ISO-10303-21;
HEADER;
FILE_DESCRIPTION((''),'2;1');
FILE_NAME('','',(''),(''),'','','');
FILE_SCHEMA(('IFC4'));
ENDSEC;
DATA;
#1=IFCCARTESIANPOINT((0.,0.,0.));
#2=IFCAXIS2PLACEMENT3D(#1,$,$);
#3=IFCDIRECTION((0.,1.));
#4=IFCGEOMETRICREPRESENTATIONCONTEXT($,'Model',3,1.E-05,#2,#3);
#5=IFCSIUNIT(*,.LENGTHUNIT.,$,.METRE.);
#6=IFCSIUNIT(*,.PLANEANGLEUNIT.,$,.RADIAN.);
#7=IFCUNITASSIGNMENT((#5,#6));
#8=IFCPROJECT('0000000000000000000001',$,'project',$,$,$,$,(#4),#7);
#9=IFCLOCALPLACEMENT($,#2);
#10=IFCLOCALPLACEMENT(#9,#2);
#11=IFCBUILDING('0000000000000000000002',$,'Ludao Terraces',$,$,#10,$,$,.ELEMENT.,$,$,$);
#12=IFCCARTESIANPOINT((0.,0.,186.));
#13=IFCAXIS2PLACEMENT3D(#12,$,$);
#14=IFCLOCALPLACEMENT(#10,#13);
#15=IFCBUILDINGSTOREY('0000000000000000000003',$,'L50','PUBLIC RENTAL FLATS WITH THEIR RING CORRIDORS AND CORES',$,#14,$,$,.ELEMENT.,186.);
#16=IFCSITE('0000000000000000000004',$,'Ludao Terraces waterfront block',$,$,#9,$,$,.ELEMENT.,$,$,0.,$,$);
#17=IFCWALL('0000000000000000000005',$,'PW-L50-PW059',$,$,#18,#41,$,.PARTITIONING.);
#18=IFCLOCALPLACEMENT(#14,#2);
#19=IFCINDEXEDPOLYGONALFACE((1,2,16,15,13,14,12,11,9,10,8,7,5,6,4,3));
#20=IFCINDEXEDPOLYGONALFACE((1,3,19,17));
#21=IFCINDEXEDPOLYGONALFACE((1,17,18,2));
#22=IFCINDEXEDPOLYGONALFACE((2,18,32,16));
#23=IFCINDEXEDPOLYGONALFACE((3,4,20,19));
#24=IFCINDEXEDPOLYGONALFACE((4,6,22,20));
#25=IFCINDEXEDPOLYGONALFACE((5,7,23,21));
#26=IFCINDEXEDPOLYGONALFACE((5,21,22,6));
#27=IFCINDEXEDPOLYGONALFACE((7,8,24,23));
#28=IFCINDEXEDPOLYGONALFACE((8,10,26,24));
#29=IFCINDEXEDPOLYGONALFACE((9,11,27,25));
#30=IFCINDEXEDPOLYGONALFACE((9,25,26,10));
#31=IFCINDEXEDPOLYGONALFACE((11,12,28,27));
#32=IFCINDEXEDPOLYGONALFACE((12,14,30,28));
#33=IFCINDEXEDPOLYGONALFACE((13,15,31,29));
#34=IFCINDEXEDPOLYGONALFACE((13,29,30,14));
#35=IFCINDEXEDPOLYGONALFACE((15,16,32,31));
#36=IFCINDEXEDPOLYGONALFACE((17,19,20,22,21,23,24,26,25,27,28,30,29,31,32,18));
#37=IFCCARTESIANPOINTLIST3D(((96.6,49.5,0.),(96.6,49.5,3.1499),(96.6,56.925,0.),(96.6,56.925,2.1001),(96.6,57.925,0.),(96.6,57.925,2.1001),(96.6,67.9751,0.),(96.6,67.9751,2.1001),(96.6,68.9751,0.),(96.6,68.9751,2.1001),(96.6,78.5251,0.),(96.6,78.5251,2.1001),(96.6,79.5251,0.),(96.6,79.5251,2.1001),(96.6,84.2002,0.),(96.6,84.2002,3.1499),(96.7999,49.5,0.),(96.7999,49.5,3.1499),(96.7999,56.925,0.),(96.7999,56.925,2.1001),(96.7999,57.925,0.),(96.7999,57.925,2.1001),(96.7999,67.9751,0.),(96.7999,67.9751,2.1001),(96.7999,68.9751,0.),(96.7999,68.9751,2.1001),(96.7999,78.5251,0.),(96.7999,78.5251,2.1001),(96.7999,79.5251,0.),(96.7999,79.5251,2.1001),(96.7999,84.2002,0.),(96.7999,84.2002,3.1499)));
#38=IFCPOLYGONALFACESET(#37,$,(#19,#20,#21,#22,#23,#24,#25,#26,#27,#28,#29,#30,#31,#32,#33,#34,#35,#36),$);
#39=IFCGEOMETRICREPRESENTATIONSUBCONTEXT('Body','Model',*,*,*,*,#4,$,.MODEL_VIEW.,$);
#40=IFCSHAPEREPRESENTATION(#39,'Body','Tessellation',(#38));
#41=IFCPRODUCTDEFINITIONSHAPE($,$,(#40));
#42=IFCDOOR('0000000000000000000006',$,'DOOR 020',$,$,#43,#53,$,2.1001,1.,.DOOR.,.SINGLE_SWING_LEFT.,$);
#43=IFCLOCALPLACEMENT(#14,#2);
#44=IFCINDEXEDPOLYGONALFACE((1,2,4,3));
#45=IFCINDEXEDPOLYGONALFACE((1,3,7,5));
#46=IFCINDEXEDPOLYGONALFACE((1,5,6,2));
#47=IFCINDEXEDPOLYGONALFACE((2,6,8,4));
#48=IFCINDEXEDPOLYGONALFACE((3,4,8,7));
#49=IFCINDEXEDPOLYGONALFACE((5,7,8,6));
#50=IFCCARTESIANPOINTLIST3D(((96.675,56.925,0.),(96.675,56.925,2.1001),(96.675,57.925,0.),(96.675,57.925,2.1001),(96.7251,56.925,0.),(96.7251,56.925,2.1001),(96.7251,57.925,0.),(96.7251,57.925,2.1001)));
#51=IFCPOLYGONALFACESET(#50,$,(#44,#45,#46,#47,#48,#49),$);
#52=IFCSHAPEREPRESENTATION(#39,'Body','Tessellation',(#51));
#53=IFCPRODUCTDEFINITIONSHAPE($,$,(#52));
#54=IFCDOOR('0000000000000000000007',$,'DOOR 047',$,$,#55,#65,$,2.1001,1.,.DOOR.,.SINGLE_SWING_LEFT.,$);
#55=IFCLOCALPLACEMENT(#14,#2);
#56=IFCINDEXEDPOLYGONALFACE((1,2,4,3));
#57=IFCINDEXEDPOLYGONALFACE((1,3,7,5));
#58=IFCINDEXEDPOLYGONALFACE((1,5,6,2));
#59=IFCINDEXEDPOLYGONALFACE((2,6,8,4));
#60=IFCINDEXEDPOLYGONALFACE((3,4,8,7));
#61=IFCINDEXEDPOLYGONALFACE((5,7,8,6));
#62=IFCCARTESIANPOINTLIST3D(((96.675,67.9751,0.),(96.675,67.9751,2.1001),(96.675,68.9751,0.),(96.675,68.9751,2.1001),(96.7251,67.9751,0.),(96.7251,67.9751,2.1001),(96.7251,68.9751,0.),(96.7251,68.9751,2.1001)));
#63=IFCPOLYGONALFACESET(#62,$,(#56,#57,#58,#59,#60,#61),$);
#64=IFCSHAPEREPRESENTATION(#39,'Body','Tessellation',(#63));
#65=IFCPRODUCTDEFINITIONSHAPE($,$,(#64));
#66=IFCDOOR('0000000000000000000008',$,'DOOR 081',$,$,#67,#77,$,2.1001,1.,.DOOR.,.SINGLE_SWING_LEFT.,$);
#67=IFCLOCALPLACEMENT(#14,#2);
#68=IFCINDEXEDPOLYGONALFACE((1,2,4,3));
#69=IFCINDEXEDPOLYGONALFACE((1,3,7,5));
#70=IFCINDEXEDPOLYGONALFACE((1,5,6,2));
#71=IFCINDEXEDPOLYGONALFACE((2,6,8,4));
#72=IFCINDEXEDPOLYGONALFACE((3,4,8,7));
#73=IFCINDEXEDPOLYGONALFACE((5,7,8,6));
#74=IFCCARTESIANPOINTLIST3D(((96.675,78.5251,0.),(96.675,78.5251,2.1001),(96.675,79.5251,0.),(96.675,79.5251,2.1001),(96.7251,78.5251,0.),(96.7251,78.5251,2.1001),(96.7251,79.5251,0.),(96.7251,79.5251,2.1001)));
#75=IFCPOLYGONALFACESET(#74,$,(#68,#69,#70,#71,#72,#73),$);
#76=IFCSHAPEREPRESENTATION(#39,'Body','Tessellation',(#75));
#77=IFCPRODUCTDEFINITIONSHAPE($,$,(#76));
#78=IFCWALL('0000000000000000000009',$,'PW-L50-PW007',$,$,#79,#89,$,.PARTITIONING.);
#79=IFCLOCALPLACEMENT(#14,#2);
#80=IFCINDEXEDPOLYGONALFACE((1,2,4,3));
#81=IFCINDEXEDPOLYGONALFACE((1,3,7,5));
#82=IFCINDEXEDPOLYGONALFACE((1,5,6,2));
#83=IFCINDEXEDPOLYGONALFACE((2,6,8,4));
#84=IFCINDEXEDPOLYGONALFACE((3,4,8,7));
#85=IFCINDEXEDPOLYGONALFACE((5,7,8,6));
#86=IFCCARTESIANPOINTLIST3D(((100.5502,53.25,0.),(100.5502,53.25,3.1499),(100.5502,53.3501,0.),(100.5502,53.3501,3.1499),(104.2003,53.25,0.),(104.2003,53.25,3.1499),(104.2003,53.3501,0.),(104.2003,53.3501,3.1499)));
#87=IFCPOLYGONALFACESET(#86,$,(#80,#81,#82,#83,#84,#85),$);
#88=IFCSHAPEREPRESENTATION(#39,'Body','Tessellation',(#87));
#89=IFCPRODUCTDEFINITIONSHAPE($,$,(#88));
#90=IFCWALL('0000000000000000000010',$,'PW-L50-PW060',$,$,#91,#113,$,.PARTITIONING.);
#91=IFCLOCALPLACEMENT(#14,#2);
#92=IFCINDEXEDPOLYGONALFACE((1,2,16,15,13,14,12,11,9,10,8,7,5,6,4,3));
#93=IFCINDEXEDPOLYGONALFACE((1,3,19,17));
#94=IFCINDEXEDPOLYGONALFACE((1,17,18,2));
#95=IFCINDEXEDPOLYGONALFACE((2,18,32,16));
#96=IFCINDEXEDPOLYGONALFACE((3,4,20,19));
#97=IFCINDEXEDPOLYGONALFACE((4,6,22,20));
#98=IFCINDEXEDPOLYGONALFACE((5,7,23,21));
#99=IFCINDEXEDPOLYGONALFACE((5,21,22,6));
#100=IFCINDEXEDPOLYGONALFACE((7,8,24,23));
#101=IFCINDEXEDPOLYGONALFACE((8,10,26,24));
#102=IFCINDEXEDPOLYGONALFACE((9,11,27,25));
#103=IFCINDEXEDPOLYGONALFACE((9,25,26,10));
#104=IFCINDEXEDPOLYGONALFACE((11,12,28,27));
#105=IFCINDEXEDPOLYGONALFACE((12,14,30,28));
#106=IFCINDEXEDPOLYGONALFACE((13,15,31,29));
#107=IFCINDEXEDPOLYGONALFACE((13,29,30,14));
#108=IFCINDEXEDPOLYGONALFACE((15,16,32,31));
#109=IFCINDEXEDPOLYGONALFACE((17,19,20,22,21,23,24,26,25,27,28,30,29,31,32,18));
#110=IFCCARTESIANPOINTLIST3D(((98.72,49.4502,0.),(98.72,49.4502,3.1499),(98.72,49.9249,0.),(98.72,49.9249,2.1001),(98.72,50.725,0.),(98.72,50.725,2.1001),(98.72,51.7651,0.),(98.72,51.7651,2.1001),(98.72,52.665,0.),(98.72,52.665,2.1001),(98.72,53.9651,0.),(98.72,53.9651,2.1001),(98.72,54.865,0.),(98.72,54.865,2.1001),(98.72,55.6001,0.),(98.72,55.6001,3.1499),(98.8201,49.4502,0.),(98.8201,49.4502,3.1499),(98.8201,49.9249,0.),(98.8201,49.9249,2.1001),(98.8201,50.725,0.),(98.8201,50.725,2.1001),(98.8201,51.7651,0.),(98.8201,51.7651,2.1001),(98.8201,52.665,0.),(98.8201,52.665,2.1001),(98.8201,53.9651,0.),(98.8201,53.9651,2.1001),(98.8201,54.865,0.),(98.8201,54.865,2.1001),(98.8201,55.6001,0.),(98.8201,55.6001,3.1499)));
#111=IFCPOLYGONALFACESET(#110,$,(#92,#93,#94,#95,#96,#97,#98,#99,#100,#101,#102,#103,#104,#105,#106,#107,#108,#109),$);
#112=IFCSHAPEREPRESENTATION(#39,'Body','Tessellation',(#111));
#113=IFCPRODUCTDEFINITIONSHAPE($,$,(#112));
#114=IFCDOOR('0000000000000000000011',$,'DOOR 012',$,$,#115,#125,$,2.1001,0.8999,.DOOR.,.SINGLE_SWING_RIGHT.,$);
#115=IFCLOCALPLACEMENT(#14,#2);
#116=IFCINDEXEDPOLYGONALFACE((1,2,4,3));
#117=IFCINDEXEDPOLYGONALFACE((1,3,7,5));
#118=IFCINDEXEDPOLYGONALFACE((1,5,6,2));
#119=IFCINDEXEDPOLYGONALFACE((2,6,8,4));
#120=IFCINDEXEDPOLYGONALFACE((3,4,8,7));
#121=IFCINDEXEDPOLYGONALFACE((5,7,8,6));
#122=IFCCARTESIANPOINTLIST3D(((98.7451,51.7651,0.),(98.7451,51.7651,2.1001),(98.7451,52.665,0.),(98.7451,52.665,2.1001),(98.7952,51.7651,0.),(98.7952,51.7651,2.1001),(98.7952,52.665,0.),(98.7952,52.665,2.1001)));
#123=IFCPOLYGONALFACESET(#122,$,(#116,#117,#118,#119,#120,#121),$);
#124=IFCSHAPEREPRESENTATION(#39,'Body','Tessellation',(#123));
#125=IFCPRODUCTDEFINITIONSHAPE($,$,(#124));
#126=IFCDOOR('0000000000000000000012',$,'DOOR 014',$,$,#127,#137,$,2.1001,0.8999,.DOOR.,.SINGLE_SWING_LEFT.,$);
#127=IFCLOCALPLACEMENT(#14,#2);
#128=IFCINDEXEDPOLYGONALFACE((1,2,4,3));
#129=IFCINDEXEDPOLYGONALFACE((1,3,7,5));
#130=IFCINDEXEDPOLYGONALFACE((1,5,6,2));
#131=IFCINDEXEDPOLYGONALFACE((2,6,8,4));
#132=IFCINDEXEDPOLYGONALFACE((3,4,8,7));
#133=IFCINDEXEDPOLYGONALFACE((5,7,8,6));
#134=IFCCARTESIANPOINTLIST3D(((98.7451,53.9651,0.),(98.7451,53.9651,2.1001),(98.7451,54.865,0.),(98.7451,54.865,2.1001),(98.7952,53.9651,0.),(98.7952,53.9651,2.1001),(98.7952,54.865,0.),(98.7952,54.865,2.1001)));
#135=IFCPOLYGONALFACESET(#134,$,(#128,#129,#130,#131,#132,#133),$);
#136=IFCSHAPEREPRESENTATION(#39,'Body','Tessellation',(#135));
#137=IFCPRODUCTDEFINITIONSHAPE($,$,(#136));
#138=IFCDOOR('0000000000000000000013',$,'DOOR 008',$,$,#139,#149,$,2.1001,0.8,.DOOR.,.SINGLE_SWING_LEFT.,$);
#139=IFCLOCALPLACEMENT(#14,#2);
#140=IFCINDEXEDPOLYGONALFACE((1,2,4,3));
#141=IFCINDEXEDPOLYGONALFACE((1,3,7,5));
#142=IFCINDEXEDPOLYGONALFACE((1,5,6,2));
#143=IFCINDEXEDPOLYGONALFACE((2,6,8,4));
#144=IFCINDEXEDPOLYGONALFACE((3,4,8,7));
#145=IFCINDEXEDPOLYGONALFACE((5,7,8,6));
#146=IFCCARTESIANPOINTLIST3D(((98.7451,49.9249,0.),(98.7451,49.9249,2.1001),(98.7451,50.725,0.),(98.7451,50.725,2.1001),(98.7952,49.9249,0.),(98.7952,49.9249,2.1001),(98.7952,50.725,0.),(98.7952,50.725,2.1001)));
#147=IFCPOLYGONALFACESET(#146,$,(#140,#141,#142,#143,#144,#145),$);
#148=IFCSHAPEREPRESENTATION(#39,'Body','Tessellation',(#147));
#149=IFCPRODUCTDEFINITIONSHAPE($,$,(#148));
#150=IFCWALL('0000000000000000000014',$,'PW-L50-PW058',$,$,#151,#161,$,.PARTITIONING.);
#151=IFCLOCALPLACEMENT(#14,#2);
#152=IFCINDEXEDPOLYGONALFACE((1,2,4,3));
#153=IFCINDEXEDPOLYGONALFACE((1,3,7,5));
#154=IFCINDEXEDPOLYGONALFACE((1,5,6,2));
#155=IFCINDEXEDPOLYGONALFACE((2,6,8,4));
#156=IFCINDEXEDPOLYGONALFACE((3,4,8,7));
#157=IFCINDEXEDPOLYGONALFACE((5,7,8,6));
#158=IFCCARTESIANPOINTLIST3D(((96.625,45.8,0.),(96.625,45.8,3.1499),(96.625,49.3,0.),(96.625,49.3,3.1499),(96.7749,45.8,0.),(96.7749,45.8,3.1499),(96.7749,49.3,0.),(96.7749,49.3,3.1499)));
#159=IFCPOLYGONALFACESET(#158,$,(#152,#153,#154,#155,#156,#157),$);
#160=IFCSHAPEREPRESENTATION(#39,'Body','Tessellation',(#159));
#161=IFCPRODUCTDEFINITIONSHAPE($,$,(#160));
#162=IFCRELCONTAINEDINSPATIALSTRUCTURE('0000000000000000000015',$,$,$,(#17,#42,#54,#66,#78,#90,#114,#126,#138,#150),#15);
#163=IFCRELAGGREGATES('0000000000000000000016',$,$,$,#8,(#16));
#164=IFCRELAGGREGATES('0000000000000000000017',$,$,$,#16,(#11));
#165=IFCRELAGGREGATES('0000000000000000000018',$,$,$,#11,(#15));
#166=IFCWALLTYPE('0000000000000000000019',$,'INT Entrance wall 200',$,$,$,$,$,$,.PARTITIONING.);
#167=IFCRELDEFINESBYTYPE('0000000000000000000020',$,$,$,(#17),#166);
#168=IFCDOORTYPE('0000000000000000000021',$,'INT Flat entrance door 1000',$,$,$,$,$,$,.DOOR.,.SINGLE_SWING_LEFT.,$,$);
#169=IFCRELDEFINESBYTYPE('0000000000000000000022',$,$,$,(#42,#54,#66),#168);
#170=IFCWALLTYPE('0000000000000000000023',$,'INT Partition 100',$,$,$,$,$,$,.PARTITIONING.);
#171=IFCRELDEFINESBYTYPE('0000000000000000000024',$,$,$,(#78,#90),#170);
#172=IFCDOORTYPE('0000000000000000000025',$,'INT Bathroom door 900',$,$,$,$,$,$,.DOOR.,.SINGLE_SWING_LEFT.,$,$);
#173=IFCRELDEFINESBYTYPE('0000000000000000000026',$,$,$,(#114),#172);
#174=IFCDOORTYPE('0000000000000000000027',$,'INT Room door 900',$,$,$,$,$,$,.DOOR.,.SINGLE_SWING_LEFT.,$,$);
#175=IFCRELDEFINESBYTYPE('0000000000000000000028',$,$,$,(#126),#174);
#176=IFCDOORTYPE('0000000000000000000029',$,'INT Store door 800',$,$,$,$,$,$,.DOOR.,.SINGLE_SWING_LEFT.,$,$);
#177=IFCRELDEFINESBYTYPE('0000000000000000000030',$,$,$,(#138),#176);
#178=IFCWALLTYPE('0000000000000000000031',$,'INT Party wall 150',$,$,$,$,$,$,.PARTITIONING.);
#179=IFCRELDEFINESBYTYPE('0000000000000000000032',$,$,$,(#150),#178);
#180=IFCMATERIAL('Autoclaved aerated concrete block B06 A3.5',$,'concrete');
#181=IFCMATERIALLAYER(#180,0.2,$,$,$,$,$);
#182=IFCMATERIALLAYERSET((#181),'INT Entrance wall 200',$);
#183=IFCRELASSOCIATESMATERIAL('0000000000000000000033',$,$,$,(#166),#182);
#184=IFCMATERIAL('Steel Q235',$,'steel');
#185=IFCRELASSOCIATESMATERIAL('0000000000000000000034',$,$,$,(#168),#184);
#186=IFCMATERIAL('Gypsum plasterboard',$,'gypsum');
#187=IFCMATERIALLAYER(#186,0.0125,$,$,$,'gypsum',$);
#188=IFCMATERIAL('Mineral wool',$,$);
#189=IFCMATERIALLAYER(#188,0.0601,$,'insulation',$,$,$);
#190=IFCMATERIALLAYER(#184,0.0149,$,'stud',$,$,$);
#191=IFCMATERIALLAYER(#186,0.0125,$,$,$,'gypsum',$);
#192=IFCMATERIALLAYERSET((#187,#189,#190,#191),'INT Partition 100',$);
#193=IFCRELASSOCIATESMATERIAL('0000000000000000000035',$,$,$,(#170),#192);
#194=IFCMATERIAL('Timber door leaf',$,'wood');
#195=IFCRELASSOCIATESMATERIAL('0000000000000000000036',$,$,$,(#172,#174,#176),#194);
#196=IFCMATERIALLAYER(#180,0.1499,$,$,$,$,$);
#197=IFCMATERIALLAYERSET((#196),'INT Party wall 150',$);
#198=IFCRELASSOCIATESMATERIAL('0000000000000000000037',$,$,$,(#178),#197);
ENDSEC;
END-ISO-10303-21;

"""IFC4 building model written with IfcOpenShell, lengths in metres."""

from ifc_helpers import new_model, si_unit, direction, frame, frame_2d, origin, place, context, subcontext, project, spatial, rectangle, extrude, material, layer, layer_set, type_object, element, fill, save


model = new_model("IFC4")

# Units and contexts
model_context = context("Model", 3, precision=1e-05, world=origin(), true_north=direction((0.0, 1.0)))
body_context = subcontext(model_context, "Body", "Model", "MODEL_VIEW")
ifc_project = project(units=[si_unit("LENGTHUNIT", "METRE"), si_unit("PLANEANGLEUNIT", "RADIAN")], contexts=[model_context])

# Site, building, storey
site_placement = place(None, origin())
site = spatial("IfcSite", under=ifc_project, at=site_placement, Name="Ludao Terraces waterfront block", CompositionType="ELEMENT", RefElevation=0.0)
building_placement = place(site_placement, origin())
building = spatial("IfcBuilding", under=site, at=building_placement, Name="Ludao Terraces", CompositionType="ELEMENT")
storey_placement = place(building_placement, frame((0.0, 0.0, 186.0)))
storey = spatial("IfcBuildingStorey", under=building, at=storey_placement, Name="L50", Description="PUBLIC RENTAL FLATS WITH THEIR RING CORRIDORS AND CORES", CompositionType="ELEMENT", Elevation=186.0)

# Wall, openings, doors
ifc_material_1 = material(Name="Autoclaved aerated concrete block B06 A3.5", Category="concrete")
ifc_layer_1 = layer(ifc_material_1, 0.2)
ifc_layer_set_1 = layer_set([ifc_layer_1], Name="INT Entrance wall 200")
wall_type_1 = type_object("IfcWallType", Name="INT Entrance wall 200", PredefinedType="PARTITIONING", material=ifc_layer_set_1)
wall_1_placement = place(storey_placement, frame((96.7, 49.5, 0.0), z_axis=(0.0, 0.0, 1.0), x_axis=(0.0, 1.0, 0.0)))
wall_1 = element("IfcWall", 1, at=wall_1_placement, inside=storey, type_object=wall_type_1, Name="PW-L50-PW059", PredefinedType="PARTITIONING", context=body_context, shape_type="SweptSolid", body=[
    extrude(rectangle(XDim=34.7002, YDim=0.2, at=frame_2d((17.3501, 0.0))), origin(), (0.0, 0.0, 1.0), 3.1499),
])
opening_1_placement = place(wall_1_placement, frame((7.425, 0.0, 0.0)))
opening_1 = element("IfcOpeningElement", 2, at=opening_1_placement, cuts=wall_1, PredefinedType="OPENING", context=body_context, shape_type="SweptSolid", body=[
    extrude(rectangle(XDim=1.0, YDim=2.1001, at=frame_2d((0.5, 1.05))), frame((0.0, 0.1099, 0.0), z_axis=(0.0, -1.0, 0.0), x_axis=(1.0, 0.0, 0.0)), (0.0, 0.0, 1.0), 0.22),
])
opening_2_placement = place(wall_1_placement, frame((18.4751, 0.0, 0.0)))
opening_2 = element("IfcOpeningElement", 3, at=opening_2_placement, cuts=wall_1, PredefinedType="OPENING", context=body_context, shape_type="SweptSolid", body=[
    extrude(rectangle(XDim=1.0, YDim=2.1001, at=frame_2d((0.5, 1.05))), frame((0.0, 0.1099, 0.0), z_axis=(0.0, -1.0, 0.0), x_axis=(1.0, 0.0, 0.0)), (0.0, 0.0, 1.0), 0.22),
])
opening_3_placement = place(wall_1_placement, frame((29.0251, 0.0, 0.0)))
opening_3 = element("IfcOpeningElement", 4, at=opening_3_placement, cuts=wall_1, PredefinedType="OPENING", context=body_context, shape_type="SweptSolid", body=[
    extrude(rectangle(XDim=1.0, YDim=2.1001, at=frame_2d((0.5, 1.05))), frame((0.0, 0.1099, 0.0), z_axis=(0.0, -1.0, 0.0), x_axis=(1.0, 0.0, 0.0)), (0.0, 0.0, 1.0), 0.22),
])
ifc_material_2 = material(Name="Steel Q235", Category="steel")
door_type_1 = type_object("IfcDoorType", Name="INT Flat entrance door 1000", OperationType="SINGLE_SWING_LEFT", PredefinedType="DOOR", material=ifc_material_2)
door_1_placement = place(opening_1_placement, origin())
door_1 = element("IfcDoor", 5, at=door_1_placement, inside=storey, type_object=door_type_1, Name="DOOR 020", OperationType="SINGLE_SWING_LEFT", OverallHeight=2.1001, OverallWidth=1.0, PredefinedType="DOOR", context=body_context, shape_type="SweptSolid", body=[
    extrude(rectangle(XDim=1.0, YDim=2.1001, at=frame_2d((0.5, 1.05))), frame((0.0, 0.0249, 0.0), z_axis=(0.0, -1.0, 0.0), x_axis=(1.0, 0.0, 0.0)), (0.0, 0.0, 1.0), 0.05),
])
fill(opening_1, door_1)
door_2_placement = place(opening_2_placement, origin())
door_2 = element("IfcDoor", 6, at=door_2_placement, inside=storey, type_object=door_type_1, Name="DOOR 047", OperationType="SINGLE_SWING_LEFT", OverallHeight=2.1001, OverallWidth=1.0, PredefinedType="DOOR", context=body_context, shape_type="SweptSolid", body=[
    extrude(rectangle(XDim=1.0, YDim=2.1001, at=frame_2d((0.5, 1.05))), frame((0.0, 0.0249, 0.0), z_axis=(0.0, -1.0, 0.0), x_axis=(1.0, 0.0, 0.0)), (0.0, 0.0, 1.0), 0.05),
])
fill(opening_2, door_2)
door_3_placement = place(opening_3_placement, origin())
door_3 = element("IfcDoor", 7, at=door_3_placement, inside=storey, type_object=door_type_1, Name="DOOR 081", OperationType="SINGLE_SWING_LEFT", OverallHeight=2.1001, OverallWidth=1.0, PredefinedType="DOOR", context=body_context, shape_type="SweptSolid", body=[
    extrude(rectangle(XDim=1.0, YDim=2.1001, at=frame_2d((0.5, 1.05))), frame((0.0, 0.0249, 0.0), z_axis=(0.0, -1.0, 0.0), x_axis=(1.0, 0.0, 0.0)), (0.0, 0.0, 1.0), 0.05),
])
fill(opening_3, door_3)

# Wall
ifc_material_3 = material(Name="Gypsum plasterboard", Category="gypsum")
ifc_layer_2 = layer(ifc_material_3, 0.0125, Category="gypsum")
ifc_material_4 = material(Name="Mineral wool")
ifc_layer_3 = layer(ifc_material_4, 0.0601, Name="insulation")
ifc_layer_4 = layer(ifc_material_2, 0.0149, Name="stud")
ifc_layer_5 = layer(ifc_material_3, 0.0125, Category="gypsum")
ifc_layer_set_2 = layer_set([ifc_layer_2, ifc_layer_3, ifc_layer_4, ifc_layer_5], Name="INT Partition 100")
wall_type_2 = type_object("IfcWallType", Name="INT Partition 100", PredefinedType="PARTITIONING", material=ifc_layer_set_2)
wall_2_placement = place(storey_placement, frame((100.55, 53.3, 0.0), z_axis=(0.0, 0.0, 1.0), x_axis=(1.0, 0.0, 0.0)))
element("IfcWall", 8, at=wall_2_placement, inside=storey, type_object=wall_type_2, Name="PW-L50-PW007", PredefinedType="PARTITIONING", context=body_context, shape_type="SweptSolid", body=[
    extrude(rectangle(XDim=3.6501, YDim=0.1001, at=frame_2d((1.8252, 0.0))), origin(), (0.0, 0.0, 1.0), 3.1499),
])

# Wall, openings, doors
wall_3_placement = place(storey_placement, frame((98.77, 49.4502, 0.0), z_axis=(0.0, 0.0, 1.0), x_axis=(0.0, 1.0, 0.0)))
wall_3 = element("IfcWall", 9, at=wall_3_placement, inside=storey, type_object=wall_type_2, Name="PW-L50-PW060", PredefinedType="PARTITIONING", context=body_context, shape_type="SweptSolid", body=[
    extrude(rectangle(XDim=6.1499, YDim=0.1001, at=frame_2d((3.075, 0.0))), origin(), (0.0, 0.0, 1.0), 3.1499),
])
opening_4_placement = place(wall_3_placement, frame((0.4749, 0.0, 0.0)))
opening_4 = element("IfcOpeningElement", 10, at=opening_4_placement, cuts=wall_3, PredefinedType="OPENING", context=body_context, shape_type="SweptSolid", body=[
    extrude(rectangle(XDim=0.8, YDim=2.1001, at=frame_2d((0.3999, 1.05))), frame((0.0, 0.0601, 0.0), z_axis=(0.0, -1.0, 0.0), x_axis=(1.0, 0.0, 0.0)), (0.0, 0.0, 1.0), 0.1201),
])
opening_5_placement = place(wall_3_placement, frame((2.3149, 0.0, 0.0)))
opening_5 = element("IfcOpeningElement", 11, at=opening_5_placement, cuts=wall_3, PredefinedType="OPENING", context=body_context, shape_type="SweptSolid", body=[
    extrude(rectangle(XDim=0.8999, YDim=2.1001, at=frame_2d((0.45, 1.05))), frame((0.0, 0.0601, 0.0), z_axis=(0.0, -1.0, 0.0), x_axis=(1.0, 0.0, 0.0)), (0.0, 0.0, 1.0), 0.1201),
])
opening_6_placement = place(wall_3_placement, frame((4.5149, 0.0, 0.0)))
opening_6 = element("IfcOpeningElement", 12, at=opening_6_placement, cuts=wall_3, PredefinedType="OPENING", context=body_context, shape_type="SweptSolid", body=[
    extrude(rectangle(XDim=0.8999, YDim=2.1001, at=frame_2d((0.45, 1.05))), frame((0.0, 0.0601, 0.0), z_axis=(0.0, -1.0, 0.0), x_axis=(1.0, 0.0, 0.0)), (0.0, 0.0, 1.0), 0.1201),
])
ifc_material_5 = material(Name="Timber door leaf", Category="wood")
door_type_2 = type_object("IfcDoorType", Name="INT Bathroom door 900", OperationType="SINGLE_SWING_LEFT", PredefinedType="DOOR", material=ifc_material_5)
door_4_placement = place(opening_5_placement, origin())
door_4 = element("IfcDoor", 13, at=door_4_placement, inside=storey, type_object=door_type_2, Name="DOOR 012", OperationType="SINGLE_SWING_RIGHT", OverallHeight=2.1001, OverallWidth=0.8999, PredefinedType="DOOR", context=body_context, shape_type="SweptSolid", body=[
    extrude(rectangle(XDim=0.8999, YDim=2.1001, at=frame_2d((0.45, 1.05))), frame((0.0, 0.0249, 0.0), z_axis=(0.0, -1.0, 0.0), x_axis=(1.0, 0.0, 0.0)), (0.0, 0.0, 1.0), 0.05),
])
fill(opening_5, door_4)
door_type_3 = type_object("IfcDoorType", Name="INT Room door 900", OperationType="SINGLE_SWING_LEFT", PredefinedType="DOOR", material=ifc_material_5)
door_5_placement = place(opening_6_placement, origin())
door_5 = element("IfcDoor", 14, at=door_5_placement, inside=storey, type_object=door_type_3, Name="DOOR 014", OperationType="SINGLE_SWING_LEFT", OverallHeight=2.1001, OverallWidth=0.8999, PredefinedType="DOOR", context=body_context, shape_type="SweptSolid", body=[
    extrude(rectangle(XDim=0.8999, YDim=2.1001, at=frame_2d((0.45, 1.05))), frame((0.0, 0.0249, 0.0), z_axis=(0.0, -1.0, 0.0), x_axis=(1.0, 0.0, 0.0)), (0.0, 0.0, 1.0), 0.05),
])
fill(opening_6, door_5)
door_type_4 = type_object("IfcDoorType", Name="INT Store door 800", OperationType="SINGLE_SWING_LEFT", PredefinedType="DOOR", material=ifc_material_5)
door_6_placement = place(opening_4_placement, origin())
door_6 = element("IfcDoor", 15, at=door_6_placement, inside=storey, type_object=door_type_4, Name="DOOR 008", OperationType="SINGLE_SWING_LEFT", OverallHeight=2.1001, OverallWidth=0.8, PredefinedType="DOOR", context=body_context, shape_type="SweptSolid", body=[
    extrude(rectangle(XDim=0.8, YDim=2.1001, at=frame_2d((0.3999, 1.05))), frame((0.0, 0.0249, 0.0), z_axis=(0.0, -1.0, 0.0), x_axis=(1.0, 0.0, 0.0)), (0.0, 0.0, 1.0), 0.05),
])
fill(opening_4, door_6)

# Wall
ifc_layer_6 = layer(ifc_material_1, 0.1499)
ifc_layer_set_3 = layer_set([ifc_layer_6], Name="INT Party wall 150")
wall_type_3 = type_object("IfcWallType", Name="INT Party wall 150", PredefinedType="PARTITIONING", material=ifc_layer_set_3)
wall_4_placement = place(storey_placement, frame((96.7, 45.8, 0.0), z_axis=(0.0, 0.0, 1.0), x_axis=(0.0, 1.0, 0.0)))
element("IfcWall", 16, at=wall_4_placement, inside=storey, type_object=wall_type_3, Name="PW-L50-PW058", PredefinedType="PARTITIONING", context=body_context, shape_type="SweptSolid", body=[
    extrude(rectangle(XDim=3.5, YDim=0.1499, at=frame_2d((1.75, 0.0))), origin(), (0.0, 0.0, 1.0), 3.1499),
])

save(model, "model.ifc")
